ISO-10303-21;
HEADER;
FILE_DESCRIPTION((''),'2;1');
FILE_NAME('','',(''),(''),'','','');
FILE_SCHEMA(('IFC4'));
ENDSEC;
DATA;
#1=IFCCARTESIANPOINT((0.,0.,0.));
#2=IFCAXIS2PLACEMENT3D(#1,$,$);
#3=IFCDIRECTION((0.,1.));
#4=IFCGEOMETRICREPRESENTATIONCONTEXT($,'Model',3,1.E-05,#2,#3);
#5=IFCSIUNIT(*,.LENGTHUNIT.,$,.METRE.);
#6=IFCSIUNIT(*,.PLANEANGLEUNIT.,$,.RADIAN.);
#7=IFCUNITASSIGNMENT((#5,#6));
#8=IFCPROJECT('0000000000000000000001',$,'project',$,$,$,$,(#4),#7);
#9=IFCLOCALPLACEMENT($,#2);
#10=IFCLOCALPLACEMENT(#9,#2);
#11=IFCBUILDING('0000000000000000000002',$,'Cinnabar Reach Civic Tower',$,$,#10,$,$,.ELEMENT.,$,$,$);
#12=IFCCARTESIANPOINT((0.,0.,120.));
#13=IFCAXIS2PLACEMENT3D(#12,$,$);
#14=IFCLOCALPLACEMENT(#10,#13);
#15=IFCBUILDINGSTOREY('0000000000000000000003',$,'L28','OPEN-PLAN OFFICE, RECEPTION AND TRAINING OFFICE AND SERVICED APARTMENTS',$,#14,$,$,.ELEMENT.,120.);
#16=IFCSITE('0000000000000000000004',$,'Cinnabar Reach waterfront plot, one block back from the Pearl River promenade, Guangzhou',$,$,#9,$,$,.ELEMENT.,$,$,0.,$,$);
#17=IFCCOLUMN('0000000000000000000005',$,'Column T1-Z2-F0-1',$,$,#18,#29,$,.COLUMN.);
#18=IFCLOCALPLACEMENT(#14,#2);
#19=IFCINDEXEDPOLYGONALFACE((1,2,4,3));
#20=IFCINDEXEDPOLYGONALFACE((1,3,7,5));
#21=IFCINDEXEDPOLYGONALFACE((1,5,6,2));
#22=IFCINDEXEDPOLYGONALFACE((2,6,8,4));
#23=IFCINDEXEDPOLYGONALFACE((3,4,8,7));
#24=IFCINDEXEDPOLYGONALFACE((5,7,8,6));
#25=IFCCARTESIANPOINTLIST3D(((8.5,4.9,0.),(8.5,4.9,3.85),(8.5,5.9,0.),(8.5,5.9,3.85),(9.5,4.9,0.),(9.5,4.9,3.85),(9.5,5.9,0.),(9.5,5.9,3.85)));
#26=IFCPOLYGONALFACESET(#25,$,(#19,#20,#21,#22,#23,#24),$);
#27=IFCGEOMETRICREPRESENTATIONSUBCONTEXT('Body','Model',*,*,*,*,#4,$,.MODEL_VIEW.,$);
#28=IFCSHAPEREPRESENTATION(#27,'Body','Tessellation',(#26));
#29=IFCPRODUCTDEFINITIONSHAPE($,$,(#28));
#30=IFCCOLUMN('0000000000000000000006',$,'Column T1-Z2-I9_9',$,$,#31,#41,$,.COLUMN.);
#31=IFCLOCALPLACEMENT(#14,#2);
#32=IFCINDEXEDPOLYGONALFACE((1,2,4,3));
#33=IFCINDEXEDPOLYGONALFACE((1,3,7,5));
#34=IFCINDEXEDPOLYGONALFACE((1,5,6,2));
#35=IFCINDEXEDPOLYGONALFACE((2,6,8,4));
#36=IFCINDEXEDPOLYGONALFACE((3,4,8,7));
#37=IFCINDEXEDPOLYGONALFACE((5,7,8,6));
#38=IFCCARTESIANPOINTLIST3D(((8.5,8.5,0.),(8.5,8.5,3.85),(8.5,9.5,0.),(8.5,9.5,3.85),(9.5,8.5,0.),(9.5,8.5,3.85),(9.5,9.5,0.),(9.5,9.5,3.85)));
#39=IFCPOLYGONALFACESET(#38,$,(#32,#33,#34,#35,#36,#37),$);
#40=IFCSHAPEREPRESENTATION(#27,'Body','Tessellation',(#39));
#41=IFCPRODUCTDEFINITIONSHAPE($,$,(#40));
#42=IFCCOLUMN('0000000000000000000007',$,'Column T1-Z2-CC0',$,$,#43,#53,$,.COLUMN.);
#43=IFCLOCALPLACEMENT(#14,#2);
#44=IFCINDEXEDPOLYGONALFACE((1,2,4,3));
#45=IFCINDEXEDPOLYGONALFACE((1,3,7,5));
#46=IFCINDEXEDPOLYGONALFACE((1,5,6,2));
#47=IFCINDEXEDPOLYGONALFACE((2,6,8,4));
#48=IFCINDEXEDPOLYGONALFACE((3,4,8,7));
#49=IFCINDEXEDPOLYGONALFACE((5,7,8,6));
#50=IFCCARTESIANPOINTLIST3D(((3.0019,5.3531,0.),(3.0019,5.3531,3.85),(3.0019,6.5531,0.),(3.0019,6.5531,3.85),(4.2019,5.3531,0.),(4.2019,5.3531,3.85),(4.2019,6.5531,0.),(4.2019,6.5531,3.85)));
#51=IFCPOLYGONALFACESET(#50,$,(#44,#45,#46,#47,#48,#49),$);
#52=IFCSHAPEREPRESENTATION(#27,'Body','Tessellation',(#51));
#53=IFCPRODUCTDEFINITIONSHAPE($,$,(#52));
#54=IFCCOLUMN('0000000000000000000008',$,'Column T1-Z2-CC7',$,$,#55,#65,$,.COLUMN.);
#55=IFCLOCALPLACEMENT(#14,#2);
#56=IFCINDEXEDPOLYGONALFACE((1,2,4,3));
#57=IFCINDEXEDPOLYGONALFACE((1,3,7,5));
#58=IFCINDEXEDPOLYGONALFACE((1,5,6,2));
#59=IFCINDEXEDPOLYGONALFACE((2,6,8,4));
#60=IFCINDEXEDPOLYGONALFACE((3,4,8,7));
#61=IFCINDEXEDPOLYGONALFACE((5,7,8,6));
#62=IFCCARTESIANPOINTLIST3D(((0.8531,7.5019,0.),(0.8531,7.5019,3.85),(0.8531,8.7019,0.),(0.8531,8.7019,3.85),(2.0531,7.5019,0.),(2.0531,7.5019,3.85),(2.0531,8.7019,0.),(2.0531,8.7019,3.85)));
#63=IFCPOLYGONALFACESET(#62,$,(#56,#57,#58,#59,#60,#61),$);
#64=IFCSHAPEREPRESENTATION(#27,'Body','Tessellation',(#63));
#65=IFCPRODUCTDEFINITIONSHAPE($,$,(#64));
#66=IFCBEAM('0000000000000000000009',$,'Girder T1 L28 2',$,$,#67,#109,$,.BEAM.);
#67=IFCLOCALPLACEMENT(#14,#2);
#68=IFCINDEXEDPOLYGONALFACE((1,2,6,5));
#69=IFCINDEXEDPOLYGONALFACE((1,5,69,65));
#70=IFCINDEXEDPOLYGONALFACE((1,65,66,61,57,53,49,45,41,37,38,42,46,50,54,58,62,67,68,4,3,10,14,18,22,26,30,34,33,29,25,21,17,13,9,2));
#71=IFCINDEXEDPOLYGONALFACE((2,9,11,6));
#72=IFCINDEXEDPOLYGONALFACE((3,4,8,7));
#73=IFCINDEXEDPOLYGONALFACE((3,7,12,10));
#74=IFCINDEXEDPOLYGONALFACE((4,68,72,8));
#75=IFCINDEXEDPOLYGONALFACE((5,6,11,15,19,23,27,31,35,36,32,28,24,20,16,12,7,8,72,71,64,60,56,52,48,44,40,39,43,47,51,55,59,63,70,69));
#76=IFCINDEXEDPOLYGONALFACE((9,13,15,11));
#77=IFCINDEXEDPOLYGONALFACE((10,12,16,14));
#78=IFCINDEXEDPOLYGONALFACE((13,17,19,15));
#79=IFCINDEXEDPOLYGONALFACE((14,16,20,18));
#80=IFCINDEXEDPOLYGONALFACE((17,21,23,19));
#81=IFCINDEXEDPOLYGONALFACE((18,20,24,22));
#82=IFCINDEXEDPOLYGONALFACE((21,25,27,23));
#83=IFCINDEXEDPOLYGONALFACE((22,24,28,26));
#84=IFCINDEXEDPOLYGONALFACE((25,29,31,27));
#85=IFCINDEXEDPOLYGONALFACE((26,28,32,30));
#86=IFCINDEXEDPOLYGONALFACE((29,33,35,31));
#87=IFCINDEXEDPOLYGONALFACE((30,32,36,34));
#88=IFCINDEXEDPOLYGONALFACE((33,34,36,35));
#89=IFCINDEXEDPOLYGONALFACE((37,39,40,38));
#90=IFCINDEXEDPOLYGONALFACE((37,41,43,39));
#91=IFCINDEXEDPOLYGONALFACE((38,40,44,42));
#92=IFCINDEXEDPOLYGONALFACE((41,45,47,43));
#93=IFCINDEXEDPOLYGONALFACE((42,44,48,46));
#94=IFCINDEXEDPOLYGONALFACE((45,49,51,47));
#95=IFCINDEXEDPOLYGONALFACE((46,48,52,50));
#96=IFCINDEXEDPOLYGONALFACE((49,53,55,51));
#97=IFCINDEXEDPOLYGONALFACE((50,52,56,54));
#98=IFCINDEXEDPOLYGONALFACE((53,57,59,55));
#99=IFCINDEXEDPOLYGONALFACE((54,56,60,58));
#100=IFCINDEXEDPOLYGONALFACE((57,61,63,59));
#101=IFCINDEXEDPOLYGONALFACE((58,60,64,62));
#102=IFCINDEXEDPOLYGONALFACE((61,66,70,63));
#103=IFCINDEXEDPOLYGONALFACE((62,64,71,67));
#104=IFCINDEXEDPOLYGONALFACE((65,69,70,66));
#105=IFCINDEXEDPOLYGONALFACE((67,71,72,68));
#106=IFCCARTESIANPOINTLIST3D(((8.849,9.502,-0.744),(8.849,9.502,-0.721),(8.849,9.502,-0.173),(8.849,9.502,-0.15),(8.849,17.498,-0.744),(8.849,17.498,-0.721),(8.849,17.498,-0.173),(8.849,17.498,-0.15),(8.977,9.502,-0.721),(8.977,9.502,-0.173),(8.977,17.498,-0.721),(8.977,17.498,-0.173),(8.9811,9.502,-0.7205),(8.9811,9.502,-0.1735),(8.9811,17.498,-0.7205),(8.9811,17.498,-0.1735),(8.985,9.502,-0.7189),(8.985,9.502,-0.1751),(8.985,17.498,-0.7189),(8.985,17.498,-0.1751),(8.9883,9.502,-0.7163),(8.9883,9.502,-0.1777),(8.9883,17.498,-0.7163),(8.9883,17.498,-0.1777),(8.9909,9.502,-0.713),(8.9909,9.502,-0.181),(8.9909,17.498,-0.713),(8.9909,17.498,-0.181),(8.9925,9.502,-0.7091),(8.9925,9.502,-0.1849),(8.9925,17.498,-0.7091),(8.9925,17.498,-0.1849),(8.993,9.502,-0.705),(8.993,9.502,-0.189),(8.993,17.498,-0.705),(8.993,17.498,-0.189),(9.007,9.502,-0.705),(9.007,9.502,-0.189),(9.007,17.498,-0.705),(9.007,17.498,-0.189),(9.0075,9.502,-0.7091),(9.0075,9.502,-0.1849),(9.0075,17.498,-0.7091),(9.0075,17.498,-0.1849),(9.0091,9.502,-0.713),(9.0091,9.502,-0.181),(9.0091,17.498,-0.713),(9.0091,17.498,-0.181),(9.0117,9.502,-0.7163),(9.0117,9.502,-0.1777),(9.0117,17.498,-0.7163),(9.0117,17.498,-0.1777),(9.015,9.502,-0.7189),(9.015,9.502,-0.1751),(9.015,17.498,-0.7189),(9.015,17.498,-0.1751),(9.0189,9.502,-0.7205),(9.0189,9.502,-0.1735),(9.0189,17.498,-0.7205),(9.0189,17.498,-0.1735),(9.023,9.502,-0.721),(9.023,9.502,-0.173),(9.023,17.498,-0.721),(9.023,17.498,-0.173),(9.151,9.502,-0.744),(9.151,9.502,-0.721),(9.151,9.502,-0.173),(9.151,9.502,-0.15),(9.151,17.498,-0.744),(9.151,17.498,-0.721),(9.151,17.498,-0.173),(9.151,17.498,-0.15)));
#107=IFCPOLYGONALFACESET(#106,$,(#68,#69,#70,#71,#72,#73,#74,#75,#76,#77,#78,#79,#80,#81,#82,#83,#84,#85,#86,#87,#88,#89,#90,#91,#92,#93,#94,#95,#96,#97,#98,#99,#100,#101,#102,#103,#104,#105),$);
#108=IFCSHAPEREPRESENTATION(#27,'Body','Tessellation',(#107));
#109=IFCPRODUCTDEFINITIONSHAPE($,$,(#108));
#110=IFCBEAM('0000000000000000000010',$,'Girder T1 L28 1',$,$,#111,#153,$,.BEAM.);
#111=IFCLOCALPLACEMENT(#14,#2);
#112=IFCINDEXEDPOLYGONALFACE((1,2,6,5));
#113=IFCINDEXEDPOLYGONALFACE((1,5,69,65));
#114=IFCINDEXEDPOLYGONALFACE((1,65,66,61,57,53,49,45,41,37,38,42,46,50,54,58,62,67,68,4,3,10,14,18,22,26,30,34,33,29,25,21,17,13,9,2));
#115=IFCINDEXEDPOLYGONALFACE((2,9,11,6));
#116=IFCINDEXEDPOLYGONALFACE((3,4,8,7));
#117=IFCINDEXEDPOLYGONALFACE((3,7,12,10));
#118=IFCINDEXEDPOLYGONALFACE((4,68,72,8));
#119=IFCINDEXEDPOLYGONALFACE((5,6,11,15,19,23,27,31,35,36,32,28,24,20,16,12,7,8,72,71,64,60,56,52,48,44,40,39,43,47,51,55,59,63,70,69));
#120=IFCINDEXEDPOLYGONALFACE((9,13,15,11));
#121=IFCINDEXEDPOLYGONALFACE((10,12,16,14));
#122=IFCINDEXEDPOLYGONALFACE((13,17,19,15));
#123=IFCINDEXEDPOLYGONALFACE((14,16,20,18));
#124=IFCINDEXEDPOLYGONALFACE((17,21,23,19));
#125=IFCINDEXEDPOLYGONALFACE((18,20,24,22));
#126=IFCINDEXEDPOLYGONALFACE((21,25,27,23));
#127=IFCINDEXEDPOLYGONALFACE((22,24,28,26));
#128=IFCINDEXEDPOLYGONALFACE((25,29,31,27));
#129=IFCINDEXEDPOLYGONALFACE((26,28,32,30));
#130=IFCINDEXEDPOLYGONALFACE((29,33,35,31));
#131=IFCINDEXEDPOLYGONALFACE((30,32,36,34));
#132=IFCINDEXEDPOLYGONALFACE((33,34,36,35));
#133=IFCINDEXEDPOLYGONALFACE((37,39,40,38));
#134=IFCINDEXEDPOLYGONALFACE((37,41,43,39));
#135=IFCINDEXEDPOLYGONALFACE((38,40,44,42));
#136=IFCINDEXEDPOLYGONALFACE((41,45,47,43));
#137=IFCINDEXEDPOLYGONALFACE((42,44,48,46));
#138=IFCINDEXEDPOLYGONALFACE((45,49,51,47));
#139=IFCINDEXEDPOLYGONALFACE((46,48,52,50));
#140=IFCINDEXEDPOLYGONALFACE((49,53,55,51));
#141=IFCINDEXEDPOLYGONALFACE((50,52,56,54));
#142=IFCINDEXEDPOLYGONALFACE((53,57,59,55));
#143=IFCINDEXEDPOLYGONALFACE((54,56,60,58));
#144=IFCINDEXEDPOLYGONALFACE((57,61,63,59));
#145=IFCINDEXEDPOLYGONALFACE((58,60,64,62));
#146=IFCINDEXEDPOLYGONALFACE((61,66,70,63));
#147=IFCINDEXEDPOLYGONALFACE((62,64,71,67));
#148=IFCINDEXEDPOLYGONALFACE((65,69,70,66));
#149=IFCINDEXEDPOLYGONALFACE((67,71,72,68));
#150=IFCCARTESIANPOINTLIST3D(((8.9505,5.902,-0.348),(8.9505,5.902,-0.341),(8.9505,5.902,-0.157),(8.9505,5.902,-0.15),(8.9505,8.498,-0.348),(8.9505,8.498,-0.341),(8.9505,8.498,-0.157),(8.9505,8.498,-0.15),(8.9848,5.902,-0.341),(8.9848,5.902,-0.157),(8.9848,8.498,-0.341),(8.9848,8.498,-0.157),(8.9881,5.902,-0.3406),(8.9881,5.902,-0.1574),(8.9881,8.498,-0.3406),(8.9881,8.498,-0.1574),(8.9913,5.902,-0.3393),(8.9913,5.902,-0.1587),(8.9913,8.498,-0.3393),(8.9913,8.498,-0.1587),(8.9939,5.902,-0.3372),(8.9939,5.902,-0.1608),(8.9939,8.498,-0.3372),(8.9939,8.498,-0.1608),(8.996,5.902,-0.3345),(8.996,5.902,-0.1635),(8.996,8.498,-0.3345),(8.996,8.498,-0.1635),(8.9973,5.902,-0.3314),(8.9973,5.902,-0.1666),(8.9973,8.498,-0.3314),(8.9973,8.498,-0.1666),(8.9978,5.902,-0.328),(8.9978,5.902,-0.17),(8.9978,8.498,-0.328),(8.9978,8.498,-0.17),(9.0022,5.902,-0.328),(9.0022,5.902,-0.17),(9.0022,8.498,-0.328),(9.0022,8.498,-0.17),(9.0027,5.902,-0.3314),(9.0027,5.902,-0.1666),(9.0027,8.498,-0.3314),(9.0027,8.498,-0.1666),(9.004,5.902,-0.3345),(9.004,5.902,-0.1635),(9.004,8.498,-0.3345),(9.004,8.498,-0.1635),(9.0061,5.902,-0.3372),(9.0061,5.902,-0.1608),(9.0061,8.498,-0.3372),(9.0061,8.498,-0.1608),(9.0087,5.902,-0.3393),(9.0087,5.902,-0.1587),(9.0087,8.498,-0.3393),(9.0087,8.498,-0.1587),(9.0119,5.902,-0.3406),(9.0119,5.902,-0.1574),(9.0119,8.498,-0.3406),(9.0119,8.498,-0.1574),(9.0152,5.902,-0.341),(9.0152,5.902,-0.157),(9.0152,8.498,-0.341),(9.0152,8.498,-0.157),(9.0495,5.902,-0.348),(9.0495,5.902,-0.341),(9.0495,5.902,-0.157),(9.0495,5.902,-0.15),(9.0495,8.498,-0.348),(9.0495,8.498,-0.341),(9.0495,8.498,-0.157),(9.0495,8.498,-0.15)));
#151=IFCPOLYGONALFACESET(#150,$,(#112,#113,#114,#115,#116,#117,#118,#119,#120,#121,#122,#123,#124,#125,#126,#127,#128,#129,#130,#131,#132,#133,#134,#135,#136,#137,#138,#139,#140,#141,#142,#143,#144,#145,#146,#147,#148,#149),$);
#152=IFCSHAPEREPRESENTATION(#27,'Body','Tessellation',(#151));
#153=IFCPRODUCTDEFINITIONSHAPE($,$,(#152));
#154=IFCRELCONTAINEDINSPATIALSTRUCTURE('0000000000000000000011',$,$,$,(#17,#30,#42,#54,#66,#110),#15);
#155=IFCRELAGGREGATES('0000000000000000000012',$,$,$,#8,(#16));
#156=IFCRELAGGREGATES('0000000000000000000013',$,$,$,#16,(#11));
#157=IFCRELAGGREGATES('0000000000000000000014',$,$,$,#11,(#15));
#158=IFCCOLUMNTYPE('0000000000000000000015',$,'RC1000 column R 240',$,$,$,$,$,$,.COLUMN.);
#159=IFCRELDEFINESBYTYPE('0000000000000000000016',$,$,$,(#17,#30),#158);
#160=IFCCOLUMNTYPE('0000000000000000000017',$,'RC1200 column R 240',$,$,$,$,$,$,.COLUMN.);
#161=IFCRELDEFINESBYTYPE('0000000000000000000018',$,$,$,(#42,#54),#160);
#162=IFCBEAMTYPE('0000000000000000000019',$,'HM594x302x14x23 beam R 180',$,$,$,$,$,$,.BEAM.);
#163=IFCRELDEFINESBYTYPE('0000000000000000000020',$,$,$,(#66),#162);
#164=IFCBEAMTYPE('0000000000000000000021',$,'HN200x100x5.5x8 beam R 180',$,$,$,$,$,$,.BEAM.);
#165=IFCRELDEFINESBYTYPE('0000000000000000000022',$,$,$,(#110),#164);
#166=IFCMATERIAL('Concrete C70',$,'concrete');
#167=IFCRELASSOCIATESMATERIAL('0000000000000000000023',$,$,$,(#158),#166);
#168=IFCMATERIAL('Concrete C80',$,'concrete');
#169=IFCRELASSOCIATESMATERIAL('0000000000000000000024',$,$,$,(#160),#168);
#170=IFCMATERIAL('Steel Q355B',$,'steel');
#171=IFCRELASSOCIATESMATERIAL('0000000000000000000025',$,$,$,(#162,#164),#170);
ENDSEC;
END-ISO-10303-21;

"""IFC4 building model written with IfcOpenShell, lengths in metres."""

from ifc_helpers import new_model, si_unit, direction, frame, origin, origin_2d, place, context, subcontext, project, spatial, rectangle, i_section, extrude, material, material_profile, profile_set, type_object, element, save


model = new_model("IFC4")

# Units and contexts
model_context = context("Model", 3, precision=1e-05, world=origin(), true_north=direction((0.0, 1.0)))
body_context = subcontext(model_context, "Body", "Model", "MODEL_VIEW")
ifc_project = project(units=[si_unit("LENGTHUNIT", "METRE"), si_unit("PLANEANGLEUNIT", "RADIAN")], contexts=[model_context])

# Site, building, storey
site_placement = place(None, origin())
site = spatial("IfcSite", under=ifc_project, at=site_placement, Name="Cinnabar Reach waterfront plot, one block back from the Pearl River promenade, Guangzhou", CompositionType="ELEMENT", RefElevation=0.0)
building_placement = place(site_placement, origin())
building = spatial("IfcBuilding", under=site, at=building_placement, Name="Cinnabar Reach Civic Tower", CompositionType="ELEMENT")
storey_placement = place(building_placement, frame((0.0, 0.0, 120.0)))
storey = spatial("IfcBuildingStorey", under=building, at=storey_placement, Name="L28", Description="OPEN-PLAN OFFICE, RECEPTION AND TRAINING OFFICE AND SERVICED APARTMENTS", CompositionType="ELEMENT", Elevation=120.0)

# Columns
ifc_material_1 = material(Name="Concrete C70", Category="concrete")
ifc_material_profile_1 = material_profile(ifc_material_1, rectangle(XDim=1.0, YDim=1.0, at=origin_2d()), Name="RC1000")
ifc_profile_set_1 = profile_set([ifc_material_profile_1], Name="Concrete C70")
column_type_1 = type_object("IfcColumnType", Name="RC1000 column R 240", PredefinedType="COLUMN", material=ifc_profile_set_1)
for number, where, z_axis, x_axis, name in (
    (1, (9.0, 5.4, 0.0), (0.0, 0.0, 1.0), (1.0, 0.0, 0.0), "Column T1-Z2-F0-1"),
    (2, (9.0, 9.0, 0.0), (0.0, 0.0, 1.0), (1.0, 0.0, 0.0), "Column T1-Z2-I9_9"),
):
    element("IfcColumn", number, at=place(storey_placement, frame(where, z_axis=z_axis, x_axis=x_axis)), inside=storey, type_object=column_type_1, Name=name, PredefinedType="COLUMN", context=body_context, shape_type="SweptSolid", body=[
        extrude(rectangle(XDim=1.0, YDim=1.0, at=origin_2d()), origin(), (0.0, 0.0, 1.0), 3.85),
    ])
ifc_material_2 = material(Name="Concrete C80", Category="concrete")
ifc_material_profile_2 = material_profile(ifc_material_2, rectangle(XDim=1.2, YDim=1.2, at=origin_2d()), Name="RC1200")
ifc_profile_set_2 = profile_set([ifc_material_profile_2], Name="Concrete C80")
column_type_2 = type_object("IfcColumnType", Name="RC1200 column R 240", PredefinedType="COLUMN", material=ifc_profile_set_2)
for number, where, z_axis, x_axis, name in (
    (3, (3.6019, 5.9531, 0.0), (0.0, 0.0, 1.0), (1.0, 0.0, 0.0), "Column T1-Z2-CC0"),
    (4, (1.4531, 8.1019, 0.0), (0.0, 0.0, 1.0), (1.0, 0.0, 0.0), "Column T1-Z2-CC7"),
):
    element("IfcColumn", number, at=place(storey_placement, frame(where, z_axis=z_axis, x_axis=x_axis)), inside=storey, type_object=column_type_2, Name=name, PredefinedType="COLUMN", context=body_context, shape_type="SweptSolid", body=[
        extrude(rectangle(XDim=1.2, YDim=1.2, at=origin_2d()), origin(), (0.0, 0.0, 1.0), 3.85),
    ])

# Beams
ifc_material_3 = material(Name="Steel Q355B", Category="steel")
ifc_material_profile_3 = material_profile(ifc_material_3, i_section(OverallWidth=0.302, OverallDepth=0.594, WebThickness=0.014, FlangeThickness=0.023, FilletRadius=0.016, at=origin_2d()), Name="HM594x302x14x23")
ifc_profile_set_3 = profile_set([ifc_material_profile_3], Name="Steel Q355B")
beam_type_1 = type_object("IfcBeamType", Name="HM594x302x14x23 beam R 180", PredefinedType="BEAM", material=ifc_profile_set_3)
beam_1_placement = place(storey_placement, frame((9.0, 9.502, -0.447), z_axis=(0.0, 1.0, 0.0), x_axis=(-1.0, 0.0, 0.0)))
element("IfcBeam", 5, at=beam_1_placement, inside=storey, type_object=beam_type_1, Name="Girder T1 L28 2", PredefinedType="BEAM", context=body_context, shape_type="SweptSolid", body=[
    extrude(i_section(OverallWidth=0.302, OverallDepth=0.594, WebThickness=0.014, FlangeThickness=0.023, FilletRadius=0.016, at=origin_2d()), origin(), (0.0, 0.0, 1.0), 7.996),
])
ifc_material_profile_4 = material_profile(ifc_material_3, i_section(OverallWidth=0.099, OverallDepth=0.198, WebThickness=0.0045, FlangeThickness=0.007, FilletRadius=0.013, at=origin_2d()), Name="HN200x100x5.5x8")
ifc_profile_set_4 = profile_set([ifc_material_profile_4], Name="Steel Q355B")
beam_type_2 = type_object("IfcBeamType", Name="HN200x100x5.5x8 beam R 180", PredefinedType="BEAM", material=ifc_profile_set_4)
beam_2_placement = place(storey_placement, frame((9.0, 5.902, -0.249), z_axis=(0.0, 1.0, 0.0), x_axis=(-1.0, 0.0, 0.0)))
element("IfcBeam", 6, at=beam_2_placement, inside=storey, type_object=beam_type_2, Name="Girder T1 L28 1", PredefinedType="BEAM", context=body_context, shape_type="SweptSolid", body=[
    extrude(i_section(OverallWidth=0.099, OverallDepth=0.198, WebThickness=0.0045, FlangeThickness=0.007, FilletRadius=0.013, at=origin_2d()), origin(), (0.0, 0.0, 1.0), 2.596),
])

save(model, "model.ifc")
